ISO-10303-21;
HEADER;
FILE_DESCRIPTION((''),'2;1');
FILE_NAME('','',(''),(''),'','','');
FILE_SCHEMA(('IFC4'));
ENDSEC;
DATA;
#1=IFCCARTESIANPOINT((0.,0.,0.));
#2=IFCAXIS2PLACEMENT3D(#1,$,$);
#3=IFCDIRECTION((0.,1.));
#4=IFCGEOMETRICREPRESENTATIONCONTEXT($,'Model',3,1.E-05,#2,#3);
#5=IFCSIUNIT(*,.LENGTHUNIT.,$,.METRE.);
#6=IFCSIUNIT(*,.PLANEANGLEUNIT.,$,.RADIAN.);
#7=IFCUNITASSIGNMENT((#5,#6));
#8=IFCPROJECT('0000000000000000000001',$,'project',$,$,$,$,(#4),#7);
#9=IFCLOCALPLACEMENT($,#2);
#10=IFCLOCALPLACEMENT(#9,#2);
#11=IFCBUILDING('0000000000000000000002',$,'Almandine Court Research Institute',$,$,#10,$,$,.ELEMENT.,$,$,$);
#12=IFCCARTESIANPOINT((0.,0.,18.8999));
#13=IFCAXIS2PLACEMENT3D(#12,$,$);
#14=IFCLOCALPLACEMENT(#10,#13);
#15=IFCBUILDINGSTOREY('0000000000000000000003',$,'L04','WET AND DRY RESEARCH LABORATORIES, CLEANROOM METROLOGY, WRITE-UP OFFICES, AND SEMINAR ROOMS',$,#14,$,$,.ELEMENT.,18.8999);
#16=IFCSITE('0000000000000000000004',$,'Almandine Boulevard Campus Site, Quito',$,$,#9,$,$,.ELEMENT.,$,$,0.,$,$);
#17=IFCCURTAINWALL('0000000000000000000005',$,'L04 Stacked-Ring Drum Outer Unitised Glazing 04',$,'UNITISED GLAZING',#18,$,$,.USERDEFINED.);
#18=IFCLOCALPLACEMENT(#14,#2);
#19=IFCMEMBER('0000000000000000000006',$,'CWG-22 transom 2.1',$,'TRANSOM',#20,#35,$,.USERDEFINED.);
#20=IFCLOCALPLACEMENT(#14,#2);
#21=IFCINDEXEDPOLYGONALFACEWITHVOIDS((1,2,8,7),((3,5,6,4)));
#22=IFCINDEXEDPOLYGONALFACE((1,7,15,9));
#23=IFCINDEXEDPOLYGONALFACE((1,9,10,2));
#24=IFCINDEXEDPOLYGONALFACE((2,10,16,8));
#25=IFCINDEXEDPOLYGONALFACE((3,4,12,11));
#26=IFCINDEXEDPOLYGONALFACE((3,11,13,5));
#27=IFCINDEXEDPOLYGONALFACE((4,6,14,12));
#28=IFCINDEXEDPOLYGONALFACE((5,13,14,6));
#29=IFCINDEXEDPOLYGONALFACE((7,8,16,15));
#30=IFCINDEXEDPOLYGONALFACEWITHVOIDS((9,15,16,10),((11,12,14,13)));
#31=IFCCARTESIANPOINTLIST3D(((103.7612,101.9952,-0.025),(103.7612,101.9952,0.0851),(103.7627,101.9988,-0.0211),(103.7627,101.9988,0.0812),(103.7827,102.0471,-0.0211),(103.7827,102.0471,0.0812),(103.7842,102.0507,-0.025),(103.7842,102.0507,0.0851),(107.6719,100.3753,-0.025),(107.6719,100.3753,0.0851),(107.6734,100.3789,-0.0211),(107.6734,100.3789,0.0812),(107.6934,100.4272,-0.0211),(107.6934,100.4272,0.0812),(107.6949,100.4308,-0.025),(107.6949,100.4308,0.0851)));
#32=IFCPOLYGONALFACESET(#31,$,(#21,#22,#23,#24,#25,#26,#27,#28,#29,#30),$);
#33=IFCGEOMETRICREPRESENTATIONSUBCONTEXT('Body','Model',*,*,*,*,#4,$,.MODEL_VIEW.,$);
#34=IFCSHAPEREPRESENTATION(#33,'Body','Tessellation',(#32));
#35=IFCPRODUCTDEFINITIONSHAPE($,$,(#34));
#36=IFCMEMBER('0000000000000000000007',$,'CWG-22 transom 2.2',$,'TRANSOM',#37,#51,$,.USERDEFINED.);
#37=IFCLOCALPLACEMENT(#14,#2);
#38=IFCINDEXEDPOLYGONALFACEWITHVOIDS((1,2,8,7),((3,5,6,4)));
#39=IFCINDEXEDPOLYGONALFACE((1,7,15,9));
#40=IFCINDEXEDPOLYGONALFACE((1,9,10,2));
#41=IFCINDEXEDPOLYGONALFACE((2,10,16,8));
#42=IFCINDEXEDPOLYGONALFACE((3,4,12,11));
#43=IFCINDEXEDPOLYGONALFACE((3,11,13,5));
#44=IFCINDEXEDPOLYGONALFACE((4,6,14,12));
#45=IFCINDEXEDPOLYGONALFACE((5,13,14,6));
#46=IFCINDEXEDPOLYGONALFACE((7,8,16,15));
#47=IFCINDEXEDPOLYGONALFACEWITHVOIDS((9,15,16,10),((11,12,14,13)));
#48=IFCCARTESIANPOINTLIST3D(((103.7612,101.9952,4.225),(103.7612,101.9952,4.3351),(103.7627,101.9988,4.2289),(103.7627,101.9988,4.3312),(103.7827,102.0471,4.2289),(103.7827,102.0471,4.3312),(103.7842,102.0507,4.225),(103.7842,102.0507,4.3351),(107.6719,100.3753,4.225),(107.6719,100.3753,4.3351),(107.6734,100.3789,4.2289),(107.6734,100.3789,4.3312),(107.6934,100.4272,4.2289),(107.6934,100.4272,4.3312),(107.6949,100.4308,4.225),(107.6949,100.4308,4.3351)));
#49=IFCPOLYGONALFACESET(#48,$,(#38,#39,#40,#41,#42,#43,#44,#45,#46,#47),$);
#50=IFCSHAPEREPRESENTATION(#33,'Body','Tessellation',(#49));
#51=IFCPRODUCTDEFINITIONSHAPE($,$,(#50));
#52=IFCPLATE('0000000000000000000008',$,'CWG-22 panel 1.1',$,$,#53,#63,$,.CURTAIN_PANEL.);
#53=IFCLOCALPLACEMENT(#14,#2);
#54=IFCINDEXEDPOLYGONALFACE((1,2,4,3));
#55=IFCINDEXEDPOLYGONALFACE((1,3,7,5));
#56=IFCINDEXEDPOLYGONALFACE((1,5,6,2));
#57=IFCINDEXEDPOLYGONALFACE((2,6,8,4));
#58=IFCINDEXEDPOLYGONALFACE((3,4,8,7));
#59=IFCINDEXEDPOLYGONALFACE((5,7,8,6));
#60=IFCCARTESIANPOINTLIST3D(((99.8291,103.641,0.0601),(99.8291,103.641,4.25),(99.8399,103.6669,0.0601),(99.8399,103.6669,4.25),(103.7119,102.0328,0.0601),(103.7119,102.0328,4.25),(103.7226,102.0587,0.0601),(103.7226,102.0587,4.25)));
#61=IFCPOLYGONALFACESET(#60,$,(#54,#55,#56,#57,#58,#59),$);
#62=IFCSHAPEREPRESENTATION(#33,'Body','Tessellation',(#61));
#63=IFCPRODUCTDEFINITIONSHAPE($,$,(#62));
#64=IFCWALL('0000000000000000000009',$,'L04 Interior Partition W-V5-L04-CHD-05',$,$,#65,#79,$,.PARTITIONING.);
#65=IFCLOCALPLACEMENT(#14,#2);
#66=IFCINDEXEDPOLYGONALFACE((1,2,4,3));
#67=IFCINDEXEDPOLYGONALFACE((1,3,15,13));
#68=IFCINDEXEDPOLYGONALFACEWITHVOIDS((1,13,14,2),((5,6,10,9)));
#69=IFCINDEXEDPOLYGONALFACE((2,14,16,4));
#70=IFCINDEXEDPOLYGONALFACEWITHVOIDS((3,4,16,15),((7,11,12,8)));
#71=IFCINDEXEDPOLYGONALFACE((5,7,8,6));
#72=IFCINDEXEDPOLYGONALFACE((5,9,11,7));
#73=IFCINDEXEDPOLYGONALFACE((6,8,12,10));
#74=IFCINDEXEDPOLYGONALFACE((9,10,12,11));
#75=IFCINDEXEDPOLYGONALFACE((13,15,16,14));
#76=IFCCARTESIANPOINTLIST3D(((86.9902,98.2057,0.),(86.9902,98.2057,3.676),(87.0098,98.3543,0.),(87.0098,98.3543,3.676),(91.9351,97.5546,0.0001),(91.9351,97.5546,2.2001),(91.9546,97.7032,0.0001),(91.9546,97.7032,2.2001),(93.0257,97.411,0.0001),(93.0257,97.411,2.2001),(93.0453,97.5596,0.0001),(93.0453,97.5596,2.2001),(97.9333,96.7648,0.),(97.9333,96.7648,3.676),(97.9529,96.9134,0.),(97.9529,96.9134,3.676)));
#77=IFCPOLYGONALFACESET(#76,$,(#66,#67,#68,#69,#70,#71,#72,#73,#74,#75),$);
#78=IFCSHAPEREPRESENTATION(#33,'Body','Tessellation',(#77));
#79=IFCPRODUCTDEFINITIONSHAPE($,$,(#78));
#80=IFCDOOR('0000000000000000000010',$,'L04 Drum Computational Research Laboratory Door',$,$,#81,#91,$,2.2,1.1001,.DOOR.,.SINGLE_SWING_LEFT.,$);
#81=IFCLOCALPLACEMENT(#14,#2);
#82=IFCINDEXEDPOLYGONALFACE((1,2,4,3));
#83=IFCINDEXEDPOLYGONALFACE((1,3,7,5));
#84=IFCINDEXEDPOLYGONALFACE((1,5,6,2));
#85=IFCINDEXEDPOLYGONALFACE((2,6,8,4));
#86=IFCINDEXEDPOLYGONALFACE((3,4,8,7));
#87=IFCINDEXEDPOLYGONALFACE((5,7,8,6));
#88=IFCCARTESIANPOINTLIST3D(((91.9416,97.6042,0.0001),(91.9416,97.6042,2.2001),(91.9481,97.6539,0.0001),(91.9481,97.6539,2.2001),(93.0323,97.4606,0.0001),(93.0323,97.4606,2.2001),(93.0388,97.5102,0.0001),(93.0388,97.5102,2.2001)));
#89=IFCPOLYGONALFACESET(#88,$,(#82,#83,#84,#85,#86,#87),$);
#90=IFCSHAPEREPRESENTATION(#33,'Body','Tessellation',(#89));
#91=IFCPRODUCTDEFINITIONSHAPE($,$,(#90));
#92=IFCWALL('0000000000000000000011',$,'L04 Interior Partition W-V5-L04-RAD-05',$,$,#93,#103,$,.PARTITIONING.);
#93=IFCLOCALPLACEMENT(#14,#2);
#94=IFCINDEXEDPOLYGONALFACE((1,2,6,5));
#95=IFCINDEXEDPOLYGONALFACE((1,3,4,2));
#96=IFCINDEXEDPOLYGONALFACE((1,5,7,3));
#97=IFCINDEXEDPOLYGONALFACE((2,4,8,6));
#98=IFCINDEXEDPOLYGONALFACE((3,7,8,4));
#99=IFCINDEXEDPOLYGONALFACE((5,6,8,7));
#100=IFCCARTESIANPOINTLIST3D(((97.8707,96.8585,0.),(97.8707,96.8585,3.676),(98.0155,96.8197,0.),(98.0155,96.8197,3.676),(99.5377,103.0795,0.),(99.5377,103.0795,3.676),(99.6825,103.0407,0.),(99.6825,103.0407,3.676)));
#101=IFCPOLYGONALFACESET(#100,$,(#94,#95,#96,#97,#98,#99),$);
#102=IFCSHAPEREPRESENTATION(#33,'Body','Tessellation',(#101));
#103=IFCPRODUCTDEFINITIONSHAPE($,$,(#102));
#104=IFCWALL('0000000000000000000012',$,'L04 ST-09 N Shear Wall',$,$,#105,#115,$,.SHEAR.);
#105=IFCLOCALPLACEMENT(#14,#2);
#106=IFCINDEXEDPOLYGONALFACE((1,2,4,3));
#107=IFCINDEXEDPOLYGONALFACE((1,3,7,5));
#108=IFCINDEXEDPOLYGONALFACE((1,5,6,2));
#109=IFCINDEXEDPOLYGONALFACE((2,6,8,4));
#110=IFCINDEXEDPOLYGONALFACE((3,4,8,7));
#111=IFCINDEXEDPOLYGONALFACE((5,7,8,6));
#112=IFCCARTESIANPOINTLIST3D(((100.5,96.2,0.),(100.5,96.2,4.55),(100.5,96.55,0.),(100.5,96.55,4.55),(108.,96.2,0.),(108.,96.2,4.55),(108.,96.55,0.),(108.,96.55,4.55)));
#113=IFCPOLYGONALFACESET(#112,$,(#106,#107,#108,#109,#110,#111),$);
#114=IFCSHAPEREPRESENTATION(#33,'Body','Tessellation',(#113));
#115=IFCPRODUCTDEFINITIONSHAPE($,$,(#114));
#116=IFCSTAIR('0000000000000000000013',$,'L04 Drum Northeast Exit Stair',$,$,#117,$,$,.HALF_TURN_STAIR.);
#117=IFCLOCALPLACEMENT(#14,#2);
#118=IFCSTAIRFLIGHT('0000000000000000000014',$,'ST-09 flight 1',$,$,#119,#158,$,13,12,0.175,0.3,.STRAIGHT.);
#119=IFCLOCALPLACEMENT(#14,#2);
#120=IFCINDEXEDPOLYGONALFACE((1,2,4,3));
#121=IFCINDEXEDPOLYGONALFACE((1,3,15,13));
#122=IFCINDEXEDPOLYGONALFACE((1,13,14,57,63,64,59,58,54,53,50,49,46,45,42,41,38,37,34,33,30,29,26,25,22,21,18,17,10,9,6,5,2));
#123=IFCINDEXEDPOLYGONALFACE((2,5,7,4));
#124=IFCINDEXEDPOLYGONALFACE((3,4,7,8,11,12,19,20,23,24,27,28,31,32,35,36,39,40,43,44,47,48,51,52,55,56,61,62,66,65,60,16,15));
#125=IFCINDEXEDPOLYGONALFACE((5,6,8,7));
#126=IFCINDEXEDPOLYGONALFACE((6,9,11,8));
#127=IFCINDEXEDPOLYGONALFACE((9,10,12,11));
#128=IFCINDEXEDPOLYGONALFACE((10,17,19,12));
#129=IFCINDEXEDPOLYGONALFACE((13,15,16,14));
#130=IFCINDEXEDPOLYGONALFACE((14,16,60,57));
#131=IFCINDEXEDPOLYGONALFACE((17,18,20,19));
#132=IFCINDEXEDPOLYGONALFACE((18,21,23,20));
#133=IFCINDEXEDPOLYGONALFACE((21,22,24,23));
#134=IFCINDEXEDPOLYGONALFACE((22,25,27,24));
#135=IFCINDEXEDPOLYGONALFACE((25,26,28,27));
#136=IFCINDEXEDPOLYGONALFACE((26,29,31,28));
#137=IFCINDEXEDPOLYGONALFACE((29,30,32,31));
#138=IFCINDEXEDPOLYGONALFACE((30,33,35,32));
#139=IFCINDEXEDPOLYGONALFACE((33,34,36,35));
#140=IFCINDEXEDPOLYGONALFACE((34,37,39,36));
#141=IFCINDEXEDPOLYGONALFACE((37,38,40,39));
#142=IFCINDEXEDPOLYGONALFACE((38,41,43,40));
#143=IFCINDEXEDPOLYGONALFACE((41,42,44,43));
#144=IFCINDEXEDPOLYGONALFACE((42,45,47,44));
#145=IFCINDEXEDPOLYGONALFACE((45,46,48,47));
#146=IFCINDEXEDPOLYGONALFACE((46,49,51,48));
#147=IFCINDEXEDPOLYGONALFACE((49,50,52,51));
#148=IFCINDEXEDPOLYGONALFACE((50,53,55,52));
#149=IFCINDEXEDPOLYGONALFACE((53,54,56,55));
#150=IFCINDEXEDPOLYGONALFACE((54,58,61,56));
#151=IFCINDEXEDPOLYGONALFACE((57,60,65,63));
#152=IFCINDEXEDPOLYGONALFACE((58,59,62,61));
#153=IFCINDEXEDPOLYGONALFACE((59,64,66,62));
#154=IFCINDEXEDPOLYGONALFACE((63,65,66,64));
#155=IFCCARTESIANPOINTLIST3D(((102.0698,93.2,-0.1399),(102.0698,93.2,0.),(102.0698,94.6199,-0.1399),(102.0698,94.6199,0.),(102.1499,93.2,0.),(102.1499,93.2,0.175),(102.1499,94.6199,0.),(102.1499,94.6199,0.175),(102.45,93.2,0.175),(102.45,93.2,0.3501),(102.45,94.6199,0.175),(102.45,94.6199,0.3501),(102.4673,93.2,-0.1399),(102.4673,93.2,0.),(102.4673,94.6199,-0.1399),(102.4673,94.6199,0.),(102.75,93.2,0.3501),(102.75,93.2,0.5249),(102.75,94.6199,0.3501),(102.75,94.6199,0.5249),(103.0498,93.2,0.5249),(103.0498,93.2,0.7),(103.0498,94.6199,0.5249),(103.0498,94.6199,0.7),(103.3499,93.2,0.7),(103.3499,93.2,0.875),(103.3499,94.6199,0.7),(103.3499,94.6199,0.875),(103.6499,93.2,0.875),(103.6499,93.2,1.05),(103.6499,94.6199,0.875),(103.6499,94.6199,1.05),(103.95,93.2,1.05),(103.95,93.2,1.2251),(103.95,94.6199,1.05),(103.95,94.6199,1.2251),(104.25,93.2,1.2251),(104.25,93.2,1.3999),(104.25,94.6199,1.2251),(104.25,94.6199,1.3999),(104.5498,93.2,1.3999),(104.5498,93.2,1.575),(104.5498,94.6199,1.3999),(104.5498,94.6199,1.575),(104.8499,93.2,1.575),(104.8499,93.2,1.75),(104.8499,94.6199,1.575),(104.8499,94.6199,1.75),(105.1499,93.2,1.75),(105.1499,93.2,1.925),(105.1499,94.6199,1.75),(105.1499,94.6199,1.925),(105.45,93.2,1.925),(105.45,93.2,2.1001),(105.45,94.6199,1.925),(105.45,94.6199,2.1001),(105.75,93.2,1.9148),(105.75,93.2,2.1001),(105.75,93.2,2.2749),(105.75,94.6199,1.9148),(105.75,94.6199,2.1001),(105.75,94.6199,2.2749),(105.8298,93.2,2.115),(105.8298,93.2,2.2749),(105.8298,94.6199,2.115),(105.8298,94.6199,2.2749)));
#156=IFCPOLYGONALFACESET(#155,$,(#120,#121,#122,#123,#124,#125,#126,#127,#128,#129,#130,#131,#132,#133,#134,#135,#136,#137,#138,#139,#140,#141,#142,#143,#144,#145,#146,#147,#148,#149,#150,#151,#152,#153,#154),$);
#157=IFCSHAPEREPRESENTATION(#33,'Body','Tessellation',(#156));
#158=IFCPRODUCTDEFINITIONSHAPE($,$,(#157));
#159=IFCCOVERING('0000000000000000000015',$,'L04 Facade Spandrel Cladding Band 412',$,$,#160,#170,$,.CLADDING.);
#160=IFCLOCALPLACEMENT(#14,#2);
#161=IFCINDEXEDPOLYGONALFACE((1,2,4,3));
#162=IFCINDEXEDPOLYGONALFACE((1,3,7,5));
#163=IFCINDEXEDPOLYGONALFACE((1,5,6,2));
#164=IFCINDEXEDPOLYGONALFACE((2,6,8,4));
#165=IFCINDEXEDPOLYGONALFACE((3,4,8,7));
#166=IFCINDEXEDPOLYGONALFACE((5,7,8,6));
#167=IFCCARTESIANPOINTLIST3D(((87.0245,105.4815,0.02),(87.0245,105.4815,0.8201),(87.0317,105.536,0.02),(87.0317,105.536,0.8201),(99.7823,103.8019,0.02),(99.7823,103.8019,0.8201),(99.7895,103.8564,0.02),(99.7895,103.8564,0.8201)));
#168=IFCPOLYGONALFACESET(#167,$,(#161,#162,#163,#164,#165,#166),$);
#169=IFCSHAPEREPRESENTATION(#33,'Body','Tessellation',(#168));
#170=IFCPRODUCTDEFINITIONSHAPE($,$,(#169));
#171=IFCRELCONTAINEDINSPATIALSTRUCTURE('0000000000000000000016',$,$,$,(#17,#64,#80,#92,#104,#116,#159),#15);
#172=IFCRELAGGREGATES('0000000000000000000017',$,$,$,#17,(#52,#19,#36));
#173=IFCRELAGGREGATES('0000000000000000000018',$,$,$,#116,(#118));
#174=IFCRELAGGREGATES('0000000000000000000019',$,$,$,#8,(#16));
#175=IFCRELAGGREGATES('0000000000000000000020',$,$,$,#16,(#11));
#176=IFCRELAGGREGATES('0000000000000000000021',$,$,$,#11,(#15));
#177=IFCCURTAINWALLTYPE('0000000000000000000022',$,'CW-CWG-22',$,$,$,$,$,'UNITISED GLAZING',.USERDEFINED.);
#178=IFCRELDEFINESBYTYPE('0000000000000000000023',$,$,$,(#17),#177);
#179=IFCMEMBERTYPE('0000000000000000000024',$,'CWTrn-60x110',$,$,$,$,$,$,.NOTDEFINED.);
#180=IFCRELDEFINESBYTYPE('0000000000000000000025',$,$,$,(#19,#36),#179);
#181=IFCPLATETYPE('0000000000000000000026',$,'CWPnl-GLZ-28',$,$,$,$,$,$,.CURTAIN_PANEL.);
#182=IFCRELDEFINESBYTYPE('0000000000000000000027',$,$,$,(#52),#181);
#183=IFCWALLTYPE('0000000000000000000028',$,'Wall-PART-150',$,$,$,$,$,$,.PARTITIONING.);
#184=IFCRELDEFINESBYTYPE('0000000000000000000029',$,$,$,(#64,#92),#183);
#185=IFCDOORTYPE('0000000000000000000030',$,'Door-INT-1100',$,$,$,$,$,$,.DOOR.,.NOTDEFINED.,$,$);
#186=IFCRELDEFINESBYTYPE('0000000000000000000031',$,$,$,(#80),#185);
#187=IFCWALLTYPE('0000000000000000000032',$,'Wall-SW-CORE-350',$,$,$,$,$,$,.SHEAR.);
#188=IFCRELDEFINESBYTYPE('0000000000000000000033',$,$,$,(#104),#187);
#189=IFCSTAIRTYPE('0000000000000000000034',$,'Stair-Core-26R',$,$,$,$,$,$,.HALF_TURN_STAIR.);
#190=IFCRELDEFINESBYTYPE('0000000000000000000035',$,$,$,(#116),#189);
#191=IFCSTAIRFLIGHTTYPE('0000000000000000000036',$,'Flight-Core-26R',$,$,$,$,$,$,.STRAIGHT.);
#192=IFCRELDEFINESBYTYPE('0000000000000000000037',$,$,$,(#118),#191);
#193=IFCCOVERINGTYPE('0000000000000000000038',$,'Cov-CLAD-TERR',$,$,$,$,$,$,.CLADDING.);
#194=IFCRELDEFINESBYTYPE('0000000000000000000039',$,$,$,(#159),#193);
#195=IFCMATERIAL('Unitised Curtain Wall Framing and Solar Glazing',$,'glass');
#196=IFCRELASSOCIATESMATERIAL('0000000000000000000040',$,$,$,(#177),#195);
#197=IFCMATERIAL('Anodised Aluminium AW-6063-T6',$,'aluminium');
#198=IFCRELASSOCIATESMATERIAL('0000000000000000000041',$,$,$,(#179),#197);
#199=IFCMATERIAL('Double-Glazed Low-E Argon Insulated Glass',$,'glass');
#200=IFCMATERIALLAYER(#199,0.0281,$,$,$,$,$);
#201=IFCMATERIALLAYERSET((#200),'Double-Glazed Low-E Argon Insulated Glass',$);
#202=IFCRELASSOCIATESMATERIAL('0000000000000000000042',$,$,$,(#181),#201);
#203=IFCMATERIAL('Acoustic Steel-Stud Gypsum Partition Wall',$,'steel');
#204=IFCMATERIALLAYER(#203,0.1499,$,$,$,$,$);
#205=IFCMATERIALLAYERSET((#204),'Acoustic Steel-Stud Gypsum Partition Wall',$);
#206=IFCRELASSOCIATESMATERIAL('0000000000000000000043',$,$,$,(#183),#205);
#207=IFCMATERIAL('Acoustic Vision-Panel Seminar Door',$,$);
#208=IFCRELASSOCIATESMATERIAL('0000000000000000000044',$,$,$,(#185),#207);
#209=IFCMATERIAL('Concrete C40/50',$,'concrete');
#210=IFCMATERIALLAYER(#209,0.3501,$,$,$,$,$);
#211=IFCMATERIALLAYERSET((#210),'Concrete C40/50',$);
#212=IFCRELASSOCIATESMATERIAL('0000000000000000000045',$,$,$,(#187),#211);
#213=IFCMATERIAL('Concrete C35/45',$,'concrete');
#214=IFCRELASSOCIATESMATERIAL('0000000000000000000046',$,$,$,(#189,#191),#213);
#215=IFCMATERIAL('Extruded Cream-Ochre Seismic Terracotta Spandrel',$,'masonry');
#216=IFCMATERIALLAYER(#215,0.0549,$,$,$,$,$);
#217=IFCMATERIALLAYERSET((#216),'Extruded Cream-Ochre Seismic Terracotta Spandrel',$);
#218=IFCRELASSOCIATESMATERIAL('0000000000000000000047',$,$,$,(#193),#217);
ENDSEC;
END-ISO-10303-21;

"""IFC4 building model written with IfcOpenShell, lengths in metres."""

from ifc_helpers import new_model, si_unit, direction, frame, frame_2d, origin, origin_2d, place, context, subcontext, project, spatial, polyline, rectangle, hollow_rectangle, outline, extrude, material, layer, layer_set, material_profile, profile_set, type_object, element, fill, aggregate, save


model = new_model("IFC4")

# Units and contexts
model_context = context("Model", 3, precision=1e-05, world=origin(), true_north=direction((0.0, 1.0)))
body_context = subcontext(model_context, "Body", "Model", "MODEL_VIEW")
ifc_project = project(units=[si_unit("LENGTHUNIT", "METRE"), si_unit("PLANEANGLEUNIT", "RADIAN")], contexts=[model_context])

# Site, building, storey
site_placement = place(None, origin())
site = spatial("IfcSite", under=ifc_project, at=site_placement, Name="Almandine Boulevard Campus Site, Quito", CompositionType="ELEMENT", RefElevation=0.0)
building_placement = place(site_placement, origin())
building = spatial("IfcBuilding", under=site, at=building_placement, Name="Almandine Court Research Institute", CompositionType="ELEMENT")
storey_placement = place(building_placement, frame((0.0, 0.0, 18.8999)))
storey = spatial("IfcBuildingStorey", under=building, at=storey_placement, Name="L04", Description="WET AND DRY RESEARCH LABORATORIES, CLEANROOM METROLOGY, WRITE-UP OFFICES, AND SEMINAR ROOMS", CompositionType="ELEMENT", Elevation=18.8999)

# Curtain wall, members, plate
ifc_material_1 = material(Name="Unitised Curtain Wall Framing and Solar Glazing", Category="glass")
curtain_wall_type = type_object("IfcCurtainWallType", Name="CW-CWG-22", ElementType="UNITISED GLAZING", PredefinedType="USERDEFINED", material=ifc_material_1)
curtain_wall_placement = place(storey_placement, origin())
curtain_wall = element("IfcCurtainWall", 1, at=curtain_wall_placement, inside=storey, type_object=curtain_wall_type, Name="L04 Stacked-Ring Drum Outer Unitised Glazing 04", ObjectType="UNITISED GLAZING", PredefinedType="USERDEFINED")
ifc_material_2 = material(Name="Anodised Aluminium AW-6063-T6", Category="aluminium")
ifc_material_profile_1 = material_profile(ifc_material_2, hollow_rectangle(XDim=0.0601, YDim=0.1101, WallThickness=0.0039, at=origin_2d()), Name="ALU RHS 60x110x4")
ifc_profile_set_1 = profile_set([ifc_material_profile_1], Name="Anodised Aluminium AW-6063-T6")
member_type_1 = type_object("IfcMemberType", Name="CWTrn-60x110", PredefinedType="NOTDEFINED", material=ifc_profile_set_1)
member_1_placement = place(storey_placement, frame((103.7727, 102.0229, 0.03), z_axis=(0.923877, -0.38269, 0.0), x_axis=(0.38269, 0.923877, 0.0)))
member_1 = element("IfcMember", 2, at=member_1_placement, type_object=member_type_1, Name="CWG-22 transom 2.1", ObjectType="TRANSOM", PredefinedType="USERDEFINED", context=body_context, shape_type="SweptSolid", body=[
    extrude(hollow_rectangle(XDim=0.0601, YDim=0.1101, WallThickness=0.0039, at=origin_2d()), origin(), (0.0, 0.0, 1.0), 4.2329),
])
member_2_placement = place(storey_placement, frame((103.7727, 102.0229, 4.28), z_axis=(0.923877, -0.38269, 0.0), x_axis=(0.38269, 0.923877, 0.0)))
member_2 = element("IfcMember", 3, at=member_2_placement, type_object=member_type_1, Name="CWG-22 transom 2.2", ObjectType="TRANSOM", PredefinedType="USERDEFINED", context=body_context, shape_type="SweptSolid", body=[
    extrude(hollow_rectangle(XDim=0.0601, YDim=0.1101, WallThickness=0.0039, at=origin_2d()), origin(), (0.0, 0.0, 1.0), 4.2329),
])
ifc_material_3 = material(Name="Double-Glazed Low-E Argon Insulated Glass", Category="glass")
ifc_layer_1 = layer(ifc_material_3, 0.0281)
ifc_layer_set_1 = layer_set([ifc_layer_1], Name="Double-Glazed Low-E Argon Insulated Glass")
plate_type = type_object("IfcPlateType", Name="CWPnl-GLZ-28", PredefinedType="CURTAIN_PANEL", material=ifc_layer_set_1)
plate_placement = place(storey_placement, frame((101.7759, 102.8499, 0.0601), z_axis=(0.0, 0.0, 1.0), x_axis=(0.923888, -0.382663, 0.0)))
plate = element("IfcPlate", 4, at=plate_placement, type_object=plate_type, Name="CWG-22 panel 1.1", PredefinedType="CURTAIN_PANEL", context=body_context, shape_type="SweptSolid", body=[
    extrude(rectangle(XDim=4.2026, YDim=0.0281, at=origin_2d()), origin(), (0.0, 0.0, 1.0), 4.1899),
])
aggregate(curtain_wall, [plate, member_1, member_2])

# Wall, opening, door
ifc_material_4 = material(Name="Acoustic Steel-Stud Gypsum Partition Wall", Category="steel")
ifc_layer_2 = layer(ifc_material_4, 0.1499)
ifc_layer_set_2 = layer_set([ifc_layer_2], Name="Acoustic Steel-Stud Gypsum Partition Wall")
wall_type_1 = type_object("IfcWallType", Name="Wall-PART-150", PredefinedType="PARTITIONING", material=ifc_layer_set_2)
wall_1_placement = place(storey_placement, frame((97.9431, 96.8391, 0.0), z_axis=(0.0, 0.0, 1.0), x_axis=(-0.991442, 0.130547, 0.0)))
wall_1 = element("IfcWall", 5, at=wall_1_placement, inside=storey, type_object=wall_type_1, Name="L04 Interior Partition W-V5-L04-CHD-05", PredefinedType="PARTITIONING", context=body_context, shape_type="SweptSolid", body=[
    extrude(rectangle(XDim=11.0376, YDim=0.1499, at=frame_2d((5.5188, 0.0))), origin(), (0.0, 0.0, 1.0), 3.676),
])
opening_placement = place(wall_1_placement, frame((4.95, 0.0, 0.0)))
opening = element("IfcOpeningElement", 6, at=opening_placement, cuts=wall_1, PredefinedType="OPENING", context=body_context, shape_type="SweptSolid", body=[
    extrude(rectangle(XDim=1.1001, YDim=2.2, at=frame_2d((0.55, 1.1001))), frame((0.0, 0.085, 0.0), z_axis=(0.0, -1.0, 0.0), x_axis=(1.0, 0.0, 0.0)), (0.0, 0.0, 1.0), 0.1699),
])
ifc_material_5 = material(Name="Acoustic Vision-Panel Seminar Door")
door_type = type_object("IfcDoorType", Name="Door-INT-1100", OperationType="NOTDEFINED", PredefinedType="DOOR", material=ifc_material_5)
door_placement = place(opening_placement, origin())
door = element("IfcDoor", 7, at=door_placement, inside=storey, type_object=door_type, Name="L04 Drum Computational Research Laboratory Door", OperationType="SINGLE_SWING_LEFT", OverallHeight=2.2, OverallWidth=1.1001, PredefinedType="DOOR", context=body_context, shape_type="SweptSolid", body=[
    extrude(rectangle(XDim=1.1001, YDim=2.2, at=frame_2d((0.55, 1.1001))), frame((0.0, 0.0249, 0.0), z_axis=(0.0, -1.0, 0.0), x_axis=(1.0, 0.0, 0.0)), (0.0, 0.0, 1.0), 0.05),
])
fill(opening, door)

# Walls
wall_2_placement = place(storey_placement, frame((97.9431, 96.8391, 0.0), z_axis=(0.0, 0.0, 1.0), x_axis=(0.258833, 0.965922, 0.0)))
element("IfcWall", 8, at=wall_2_placement, inside=storey, type_object=wall_type_1, Name="L04 Interior Partition W-V5-L04-RAD-05", PredefinedType="PARTITIONING", context=body_context, shape_type="SweptSolid", body=[
    extrude(rectangle(XDim=6.4404, YDim=0.1499, at=frame_2d((3.2202, 0.0))), origin(), (0.0, 0.0, 1.0), 3.676),
])
ifc_material_6 = material(Name="Concrete C40/50", Category="concrete")
ifc_layer_3 = layer(ifc_material_6, 0.3501)
ifc_layer_set_3 = layer_set([ifc_layer_3], Name="Concrete C40/50")
wall_type_2 = type_object("IfcWallType", Name="Wall-SW-CORE-350", PredefinedType="SHEAR", material=ifc_layer_set_3)
wall_3_placement = place(storey_placement, frame((100.5, 96.375, 0.0), z_axis=(0.0, 0.0, 1.0), x_axis=(1.0, 0.0, 0.0)))
element("IfcWall", 9, at=wall_3_placement, inside=storey, type_object=wall_type_2, Name="L04 ST-09 N Shear Wall", PredefinedType="SHEAR", context=body_context, shape_type="SweptSolid", body=[
    extrude(rectangle(XDim=7.5, YDim=0.3501, at=frame_2d((3.75, 0.0))), origin(), (0.0, 0.0, 1.0), 4.55),
])

# Stair, stair flight
ifc_material_7 = material(Name="Concrete C35/45", Category="concrete")
stair_type = type_object("IfcStairType", Name="Stair-Core-26R", PredefinedType="HALF_TURN_STAIR", material=ifc_material_7)
stair_placement = place(storey_placement, origin())
stair = element("IfcStair", 10, at=stair_placement, inside=storey, type_object=stair_type, Name="L04 Drum Northeast Exit Stair", PredefinedType="HALF_TURN_STAIR")
stair_flight_type = type_object("IfcStairFlightType", Name="Flight-Core-26R", PredefinedType="STRAIGHT", material=ifc_material_7)
stair_flight_placement = place(storey_placement, frame((102.1499, 93.9099, 0.0), z_axis=(0.0, 0.0, 1.0), x_axis=(1.0, 0.0, 0.0)))
stair_flight = element("IfcStairFlight", 11, at=stair_flight_placement, type_object=stair_flight_type, Name="ST-09 flight 1", NumberOfRisers=13, NumberOfTreads=12, PredefinedType="STRAIGHT", RiserHeight=0.175, TreadLength=0.3, context=body_context, shape_type="SweptSolid", body=[
    extrude(outline(polyline([(-0.0801, -0.1399), (-0.0801, 0.0), (0.0, 0.0), (0.0, 0.175), (0.3, 0.175), (0.3, 0.3501), (0.6001, 0.3501), (0.6001, 0.5249), (0.8999, 0.5249), (0.8999, 0.7), (1.2, 0.7), (1.2, 0.875), (1.5, 0.875), (1.5, 1.05), (1.8, 1.05), (1.8, 1.2251), (2.1001, 1.2251), (2.1001, 1.3999), (2.3999, 1.3999), (2.3999, 1.575), (2.7, 1.575), (2.7, 1.75), (3.0, 1.75), (3.0, 1.925), (3.3, 1.925), (3.3, 2.1001), (3.6001, 2.1001), (3.6001, 2.2749), (3.6799, 2.2749), (3.6799, 2.115), (3.6001, 1.9148), (0.3174, 0.0), (0.3174, -0.1399), (-0.0801, -0.1399)])), frame((0.0, 0.71, 0.0), z_axis=(0.0, -1.0, 0.0), x_axis=(1.0, 0.0, 0.0)), (0.0, 0.0, 1.0), 1.4199),
])
aggregate(stair, [stair_flight])

# Covering
ifc_material_8 = material(Name="Extruded Cream-Ochre Seismic Terracotta Spandrel", Category="masonry")
ifc_layer_4 = layer(ifc_material_8, 0.0549)
ifc_layer_set_4 = layer_set([ifc_layer_4], Name="Extruded Cream-Ochre Seismic Terracotta Spandrel")
covering_type = type_object("IfcCoveringType", Name="Cov-CLAD-TERR", PredefinedType="CLADDING", material=ifc_layer_set_4)
covering_placement = place(storey_placement, frame((93.407, 104.6689, 0.02), z_axis=(0.0, 0.0, 1.0), x_axis=(0.991445, -0.130526, 0.0)))
element("IfcCovering", 12, at=covering_placement, inside=storey, type_object=covering_type, Name="L04 Facade Spandrel Cladding Band 412", PredefinedType="CLADDING", context=body_context, shape_type="SweptSolid", body=[
    extrude(rectangle(XDim=12.8679, YDim=0.0549, at=origin_2d()), origin(), (0.0, 0.0, 1.0), 0.8),
])

save(model, "model.ifc")
